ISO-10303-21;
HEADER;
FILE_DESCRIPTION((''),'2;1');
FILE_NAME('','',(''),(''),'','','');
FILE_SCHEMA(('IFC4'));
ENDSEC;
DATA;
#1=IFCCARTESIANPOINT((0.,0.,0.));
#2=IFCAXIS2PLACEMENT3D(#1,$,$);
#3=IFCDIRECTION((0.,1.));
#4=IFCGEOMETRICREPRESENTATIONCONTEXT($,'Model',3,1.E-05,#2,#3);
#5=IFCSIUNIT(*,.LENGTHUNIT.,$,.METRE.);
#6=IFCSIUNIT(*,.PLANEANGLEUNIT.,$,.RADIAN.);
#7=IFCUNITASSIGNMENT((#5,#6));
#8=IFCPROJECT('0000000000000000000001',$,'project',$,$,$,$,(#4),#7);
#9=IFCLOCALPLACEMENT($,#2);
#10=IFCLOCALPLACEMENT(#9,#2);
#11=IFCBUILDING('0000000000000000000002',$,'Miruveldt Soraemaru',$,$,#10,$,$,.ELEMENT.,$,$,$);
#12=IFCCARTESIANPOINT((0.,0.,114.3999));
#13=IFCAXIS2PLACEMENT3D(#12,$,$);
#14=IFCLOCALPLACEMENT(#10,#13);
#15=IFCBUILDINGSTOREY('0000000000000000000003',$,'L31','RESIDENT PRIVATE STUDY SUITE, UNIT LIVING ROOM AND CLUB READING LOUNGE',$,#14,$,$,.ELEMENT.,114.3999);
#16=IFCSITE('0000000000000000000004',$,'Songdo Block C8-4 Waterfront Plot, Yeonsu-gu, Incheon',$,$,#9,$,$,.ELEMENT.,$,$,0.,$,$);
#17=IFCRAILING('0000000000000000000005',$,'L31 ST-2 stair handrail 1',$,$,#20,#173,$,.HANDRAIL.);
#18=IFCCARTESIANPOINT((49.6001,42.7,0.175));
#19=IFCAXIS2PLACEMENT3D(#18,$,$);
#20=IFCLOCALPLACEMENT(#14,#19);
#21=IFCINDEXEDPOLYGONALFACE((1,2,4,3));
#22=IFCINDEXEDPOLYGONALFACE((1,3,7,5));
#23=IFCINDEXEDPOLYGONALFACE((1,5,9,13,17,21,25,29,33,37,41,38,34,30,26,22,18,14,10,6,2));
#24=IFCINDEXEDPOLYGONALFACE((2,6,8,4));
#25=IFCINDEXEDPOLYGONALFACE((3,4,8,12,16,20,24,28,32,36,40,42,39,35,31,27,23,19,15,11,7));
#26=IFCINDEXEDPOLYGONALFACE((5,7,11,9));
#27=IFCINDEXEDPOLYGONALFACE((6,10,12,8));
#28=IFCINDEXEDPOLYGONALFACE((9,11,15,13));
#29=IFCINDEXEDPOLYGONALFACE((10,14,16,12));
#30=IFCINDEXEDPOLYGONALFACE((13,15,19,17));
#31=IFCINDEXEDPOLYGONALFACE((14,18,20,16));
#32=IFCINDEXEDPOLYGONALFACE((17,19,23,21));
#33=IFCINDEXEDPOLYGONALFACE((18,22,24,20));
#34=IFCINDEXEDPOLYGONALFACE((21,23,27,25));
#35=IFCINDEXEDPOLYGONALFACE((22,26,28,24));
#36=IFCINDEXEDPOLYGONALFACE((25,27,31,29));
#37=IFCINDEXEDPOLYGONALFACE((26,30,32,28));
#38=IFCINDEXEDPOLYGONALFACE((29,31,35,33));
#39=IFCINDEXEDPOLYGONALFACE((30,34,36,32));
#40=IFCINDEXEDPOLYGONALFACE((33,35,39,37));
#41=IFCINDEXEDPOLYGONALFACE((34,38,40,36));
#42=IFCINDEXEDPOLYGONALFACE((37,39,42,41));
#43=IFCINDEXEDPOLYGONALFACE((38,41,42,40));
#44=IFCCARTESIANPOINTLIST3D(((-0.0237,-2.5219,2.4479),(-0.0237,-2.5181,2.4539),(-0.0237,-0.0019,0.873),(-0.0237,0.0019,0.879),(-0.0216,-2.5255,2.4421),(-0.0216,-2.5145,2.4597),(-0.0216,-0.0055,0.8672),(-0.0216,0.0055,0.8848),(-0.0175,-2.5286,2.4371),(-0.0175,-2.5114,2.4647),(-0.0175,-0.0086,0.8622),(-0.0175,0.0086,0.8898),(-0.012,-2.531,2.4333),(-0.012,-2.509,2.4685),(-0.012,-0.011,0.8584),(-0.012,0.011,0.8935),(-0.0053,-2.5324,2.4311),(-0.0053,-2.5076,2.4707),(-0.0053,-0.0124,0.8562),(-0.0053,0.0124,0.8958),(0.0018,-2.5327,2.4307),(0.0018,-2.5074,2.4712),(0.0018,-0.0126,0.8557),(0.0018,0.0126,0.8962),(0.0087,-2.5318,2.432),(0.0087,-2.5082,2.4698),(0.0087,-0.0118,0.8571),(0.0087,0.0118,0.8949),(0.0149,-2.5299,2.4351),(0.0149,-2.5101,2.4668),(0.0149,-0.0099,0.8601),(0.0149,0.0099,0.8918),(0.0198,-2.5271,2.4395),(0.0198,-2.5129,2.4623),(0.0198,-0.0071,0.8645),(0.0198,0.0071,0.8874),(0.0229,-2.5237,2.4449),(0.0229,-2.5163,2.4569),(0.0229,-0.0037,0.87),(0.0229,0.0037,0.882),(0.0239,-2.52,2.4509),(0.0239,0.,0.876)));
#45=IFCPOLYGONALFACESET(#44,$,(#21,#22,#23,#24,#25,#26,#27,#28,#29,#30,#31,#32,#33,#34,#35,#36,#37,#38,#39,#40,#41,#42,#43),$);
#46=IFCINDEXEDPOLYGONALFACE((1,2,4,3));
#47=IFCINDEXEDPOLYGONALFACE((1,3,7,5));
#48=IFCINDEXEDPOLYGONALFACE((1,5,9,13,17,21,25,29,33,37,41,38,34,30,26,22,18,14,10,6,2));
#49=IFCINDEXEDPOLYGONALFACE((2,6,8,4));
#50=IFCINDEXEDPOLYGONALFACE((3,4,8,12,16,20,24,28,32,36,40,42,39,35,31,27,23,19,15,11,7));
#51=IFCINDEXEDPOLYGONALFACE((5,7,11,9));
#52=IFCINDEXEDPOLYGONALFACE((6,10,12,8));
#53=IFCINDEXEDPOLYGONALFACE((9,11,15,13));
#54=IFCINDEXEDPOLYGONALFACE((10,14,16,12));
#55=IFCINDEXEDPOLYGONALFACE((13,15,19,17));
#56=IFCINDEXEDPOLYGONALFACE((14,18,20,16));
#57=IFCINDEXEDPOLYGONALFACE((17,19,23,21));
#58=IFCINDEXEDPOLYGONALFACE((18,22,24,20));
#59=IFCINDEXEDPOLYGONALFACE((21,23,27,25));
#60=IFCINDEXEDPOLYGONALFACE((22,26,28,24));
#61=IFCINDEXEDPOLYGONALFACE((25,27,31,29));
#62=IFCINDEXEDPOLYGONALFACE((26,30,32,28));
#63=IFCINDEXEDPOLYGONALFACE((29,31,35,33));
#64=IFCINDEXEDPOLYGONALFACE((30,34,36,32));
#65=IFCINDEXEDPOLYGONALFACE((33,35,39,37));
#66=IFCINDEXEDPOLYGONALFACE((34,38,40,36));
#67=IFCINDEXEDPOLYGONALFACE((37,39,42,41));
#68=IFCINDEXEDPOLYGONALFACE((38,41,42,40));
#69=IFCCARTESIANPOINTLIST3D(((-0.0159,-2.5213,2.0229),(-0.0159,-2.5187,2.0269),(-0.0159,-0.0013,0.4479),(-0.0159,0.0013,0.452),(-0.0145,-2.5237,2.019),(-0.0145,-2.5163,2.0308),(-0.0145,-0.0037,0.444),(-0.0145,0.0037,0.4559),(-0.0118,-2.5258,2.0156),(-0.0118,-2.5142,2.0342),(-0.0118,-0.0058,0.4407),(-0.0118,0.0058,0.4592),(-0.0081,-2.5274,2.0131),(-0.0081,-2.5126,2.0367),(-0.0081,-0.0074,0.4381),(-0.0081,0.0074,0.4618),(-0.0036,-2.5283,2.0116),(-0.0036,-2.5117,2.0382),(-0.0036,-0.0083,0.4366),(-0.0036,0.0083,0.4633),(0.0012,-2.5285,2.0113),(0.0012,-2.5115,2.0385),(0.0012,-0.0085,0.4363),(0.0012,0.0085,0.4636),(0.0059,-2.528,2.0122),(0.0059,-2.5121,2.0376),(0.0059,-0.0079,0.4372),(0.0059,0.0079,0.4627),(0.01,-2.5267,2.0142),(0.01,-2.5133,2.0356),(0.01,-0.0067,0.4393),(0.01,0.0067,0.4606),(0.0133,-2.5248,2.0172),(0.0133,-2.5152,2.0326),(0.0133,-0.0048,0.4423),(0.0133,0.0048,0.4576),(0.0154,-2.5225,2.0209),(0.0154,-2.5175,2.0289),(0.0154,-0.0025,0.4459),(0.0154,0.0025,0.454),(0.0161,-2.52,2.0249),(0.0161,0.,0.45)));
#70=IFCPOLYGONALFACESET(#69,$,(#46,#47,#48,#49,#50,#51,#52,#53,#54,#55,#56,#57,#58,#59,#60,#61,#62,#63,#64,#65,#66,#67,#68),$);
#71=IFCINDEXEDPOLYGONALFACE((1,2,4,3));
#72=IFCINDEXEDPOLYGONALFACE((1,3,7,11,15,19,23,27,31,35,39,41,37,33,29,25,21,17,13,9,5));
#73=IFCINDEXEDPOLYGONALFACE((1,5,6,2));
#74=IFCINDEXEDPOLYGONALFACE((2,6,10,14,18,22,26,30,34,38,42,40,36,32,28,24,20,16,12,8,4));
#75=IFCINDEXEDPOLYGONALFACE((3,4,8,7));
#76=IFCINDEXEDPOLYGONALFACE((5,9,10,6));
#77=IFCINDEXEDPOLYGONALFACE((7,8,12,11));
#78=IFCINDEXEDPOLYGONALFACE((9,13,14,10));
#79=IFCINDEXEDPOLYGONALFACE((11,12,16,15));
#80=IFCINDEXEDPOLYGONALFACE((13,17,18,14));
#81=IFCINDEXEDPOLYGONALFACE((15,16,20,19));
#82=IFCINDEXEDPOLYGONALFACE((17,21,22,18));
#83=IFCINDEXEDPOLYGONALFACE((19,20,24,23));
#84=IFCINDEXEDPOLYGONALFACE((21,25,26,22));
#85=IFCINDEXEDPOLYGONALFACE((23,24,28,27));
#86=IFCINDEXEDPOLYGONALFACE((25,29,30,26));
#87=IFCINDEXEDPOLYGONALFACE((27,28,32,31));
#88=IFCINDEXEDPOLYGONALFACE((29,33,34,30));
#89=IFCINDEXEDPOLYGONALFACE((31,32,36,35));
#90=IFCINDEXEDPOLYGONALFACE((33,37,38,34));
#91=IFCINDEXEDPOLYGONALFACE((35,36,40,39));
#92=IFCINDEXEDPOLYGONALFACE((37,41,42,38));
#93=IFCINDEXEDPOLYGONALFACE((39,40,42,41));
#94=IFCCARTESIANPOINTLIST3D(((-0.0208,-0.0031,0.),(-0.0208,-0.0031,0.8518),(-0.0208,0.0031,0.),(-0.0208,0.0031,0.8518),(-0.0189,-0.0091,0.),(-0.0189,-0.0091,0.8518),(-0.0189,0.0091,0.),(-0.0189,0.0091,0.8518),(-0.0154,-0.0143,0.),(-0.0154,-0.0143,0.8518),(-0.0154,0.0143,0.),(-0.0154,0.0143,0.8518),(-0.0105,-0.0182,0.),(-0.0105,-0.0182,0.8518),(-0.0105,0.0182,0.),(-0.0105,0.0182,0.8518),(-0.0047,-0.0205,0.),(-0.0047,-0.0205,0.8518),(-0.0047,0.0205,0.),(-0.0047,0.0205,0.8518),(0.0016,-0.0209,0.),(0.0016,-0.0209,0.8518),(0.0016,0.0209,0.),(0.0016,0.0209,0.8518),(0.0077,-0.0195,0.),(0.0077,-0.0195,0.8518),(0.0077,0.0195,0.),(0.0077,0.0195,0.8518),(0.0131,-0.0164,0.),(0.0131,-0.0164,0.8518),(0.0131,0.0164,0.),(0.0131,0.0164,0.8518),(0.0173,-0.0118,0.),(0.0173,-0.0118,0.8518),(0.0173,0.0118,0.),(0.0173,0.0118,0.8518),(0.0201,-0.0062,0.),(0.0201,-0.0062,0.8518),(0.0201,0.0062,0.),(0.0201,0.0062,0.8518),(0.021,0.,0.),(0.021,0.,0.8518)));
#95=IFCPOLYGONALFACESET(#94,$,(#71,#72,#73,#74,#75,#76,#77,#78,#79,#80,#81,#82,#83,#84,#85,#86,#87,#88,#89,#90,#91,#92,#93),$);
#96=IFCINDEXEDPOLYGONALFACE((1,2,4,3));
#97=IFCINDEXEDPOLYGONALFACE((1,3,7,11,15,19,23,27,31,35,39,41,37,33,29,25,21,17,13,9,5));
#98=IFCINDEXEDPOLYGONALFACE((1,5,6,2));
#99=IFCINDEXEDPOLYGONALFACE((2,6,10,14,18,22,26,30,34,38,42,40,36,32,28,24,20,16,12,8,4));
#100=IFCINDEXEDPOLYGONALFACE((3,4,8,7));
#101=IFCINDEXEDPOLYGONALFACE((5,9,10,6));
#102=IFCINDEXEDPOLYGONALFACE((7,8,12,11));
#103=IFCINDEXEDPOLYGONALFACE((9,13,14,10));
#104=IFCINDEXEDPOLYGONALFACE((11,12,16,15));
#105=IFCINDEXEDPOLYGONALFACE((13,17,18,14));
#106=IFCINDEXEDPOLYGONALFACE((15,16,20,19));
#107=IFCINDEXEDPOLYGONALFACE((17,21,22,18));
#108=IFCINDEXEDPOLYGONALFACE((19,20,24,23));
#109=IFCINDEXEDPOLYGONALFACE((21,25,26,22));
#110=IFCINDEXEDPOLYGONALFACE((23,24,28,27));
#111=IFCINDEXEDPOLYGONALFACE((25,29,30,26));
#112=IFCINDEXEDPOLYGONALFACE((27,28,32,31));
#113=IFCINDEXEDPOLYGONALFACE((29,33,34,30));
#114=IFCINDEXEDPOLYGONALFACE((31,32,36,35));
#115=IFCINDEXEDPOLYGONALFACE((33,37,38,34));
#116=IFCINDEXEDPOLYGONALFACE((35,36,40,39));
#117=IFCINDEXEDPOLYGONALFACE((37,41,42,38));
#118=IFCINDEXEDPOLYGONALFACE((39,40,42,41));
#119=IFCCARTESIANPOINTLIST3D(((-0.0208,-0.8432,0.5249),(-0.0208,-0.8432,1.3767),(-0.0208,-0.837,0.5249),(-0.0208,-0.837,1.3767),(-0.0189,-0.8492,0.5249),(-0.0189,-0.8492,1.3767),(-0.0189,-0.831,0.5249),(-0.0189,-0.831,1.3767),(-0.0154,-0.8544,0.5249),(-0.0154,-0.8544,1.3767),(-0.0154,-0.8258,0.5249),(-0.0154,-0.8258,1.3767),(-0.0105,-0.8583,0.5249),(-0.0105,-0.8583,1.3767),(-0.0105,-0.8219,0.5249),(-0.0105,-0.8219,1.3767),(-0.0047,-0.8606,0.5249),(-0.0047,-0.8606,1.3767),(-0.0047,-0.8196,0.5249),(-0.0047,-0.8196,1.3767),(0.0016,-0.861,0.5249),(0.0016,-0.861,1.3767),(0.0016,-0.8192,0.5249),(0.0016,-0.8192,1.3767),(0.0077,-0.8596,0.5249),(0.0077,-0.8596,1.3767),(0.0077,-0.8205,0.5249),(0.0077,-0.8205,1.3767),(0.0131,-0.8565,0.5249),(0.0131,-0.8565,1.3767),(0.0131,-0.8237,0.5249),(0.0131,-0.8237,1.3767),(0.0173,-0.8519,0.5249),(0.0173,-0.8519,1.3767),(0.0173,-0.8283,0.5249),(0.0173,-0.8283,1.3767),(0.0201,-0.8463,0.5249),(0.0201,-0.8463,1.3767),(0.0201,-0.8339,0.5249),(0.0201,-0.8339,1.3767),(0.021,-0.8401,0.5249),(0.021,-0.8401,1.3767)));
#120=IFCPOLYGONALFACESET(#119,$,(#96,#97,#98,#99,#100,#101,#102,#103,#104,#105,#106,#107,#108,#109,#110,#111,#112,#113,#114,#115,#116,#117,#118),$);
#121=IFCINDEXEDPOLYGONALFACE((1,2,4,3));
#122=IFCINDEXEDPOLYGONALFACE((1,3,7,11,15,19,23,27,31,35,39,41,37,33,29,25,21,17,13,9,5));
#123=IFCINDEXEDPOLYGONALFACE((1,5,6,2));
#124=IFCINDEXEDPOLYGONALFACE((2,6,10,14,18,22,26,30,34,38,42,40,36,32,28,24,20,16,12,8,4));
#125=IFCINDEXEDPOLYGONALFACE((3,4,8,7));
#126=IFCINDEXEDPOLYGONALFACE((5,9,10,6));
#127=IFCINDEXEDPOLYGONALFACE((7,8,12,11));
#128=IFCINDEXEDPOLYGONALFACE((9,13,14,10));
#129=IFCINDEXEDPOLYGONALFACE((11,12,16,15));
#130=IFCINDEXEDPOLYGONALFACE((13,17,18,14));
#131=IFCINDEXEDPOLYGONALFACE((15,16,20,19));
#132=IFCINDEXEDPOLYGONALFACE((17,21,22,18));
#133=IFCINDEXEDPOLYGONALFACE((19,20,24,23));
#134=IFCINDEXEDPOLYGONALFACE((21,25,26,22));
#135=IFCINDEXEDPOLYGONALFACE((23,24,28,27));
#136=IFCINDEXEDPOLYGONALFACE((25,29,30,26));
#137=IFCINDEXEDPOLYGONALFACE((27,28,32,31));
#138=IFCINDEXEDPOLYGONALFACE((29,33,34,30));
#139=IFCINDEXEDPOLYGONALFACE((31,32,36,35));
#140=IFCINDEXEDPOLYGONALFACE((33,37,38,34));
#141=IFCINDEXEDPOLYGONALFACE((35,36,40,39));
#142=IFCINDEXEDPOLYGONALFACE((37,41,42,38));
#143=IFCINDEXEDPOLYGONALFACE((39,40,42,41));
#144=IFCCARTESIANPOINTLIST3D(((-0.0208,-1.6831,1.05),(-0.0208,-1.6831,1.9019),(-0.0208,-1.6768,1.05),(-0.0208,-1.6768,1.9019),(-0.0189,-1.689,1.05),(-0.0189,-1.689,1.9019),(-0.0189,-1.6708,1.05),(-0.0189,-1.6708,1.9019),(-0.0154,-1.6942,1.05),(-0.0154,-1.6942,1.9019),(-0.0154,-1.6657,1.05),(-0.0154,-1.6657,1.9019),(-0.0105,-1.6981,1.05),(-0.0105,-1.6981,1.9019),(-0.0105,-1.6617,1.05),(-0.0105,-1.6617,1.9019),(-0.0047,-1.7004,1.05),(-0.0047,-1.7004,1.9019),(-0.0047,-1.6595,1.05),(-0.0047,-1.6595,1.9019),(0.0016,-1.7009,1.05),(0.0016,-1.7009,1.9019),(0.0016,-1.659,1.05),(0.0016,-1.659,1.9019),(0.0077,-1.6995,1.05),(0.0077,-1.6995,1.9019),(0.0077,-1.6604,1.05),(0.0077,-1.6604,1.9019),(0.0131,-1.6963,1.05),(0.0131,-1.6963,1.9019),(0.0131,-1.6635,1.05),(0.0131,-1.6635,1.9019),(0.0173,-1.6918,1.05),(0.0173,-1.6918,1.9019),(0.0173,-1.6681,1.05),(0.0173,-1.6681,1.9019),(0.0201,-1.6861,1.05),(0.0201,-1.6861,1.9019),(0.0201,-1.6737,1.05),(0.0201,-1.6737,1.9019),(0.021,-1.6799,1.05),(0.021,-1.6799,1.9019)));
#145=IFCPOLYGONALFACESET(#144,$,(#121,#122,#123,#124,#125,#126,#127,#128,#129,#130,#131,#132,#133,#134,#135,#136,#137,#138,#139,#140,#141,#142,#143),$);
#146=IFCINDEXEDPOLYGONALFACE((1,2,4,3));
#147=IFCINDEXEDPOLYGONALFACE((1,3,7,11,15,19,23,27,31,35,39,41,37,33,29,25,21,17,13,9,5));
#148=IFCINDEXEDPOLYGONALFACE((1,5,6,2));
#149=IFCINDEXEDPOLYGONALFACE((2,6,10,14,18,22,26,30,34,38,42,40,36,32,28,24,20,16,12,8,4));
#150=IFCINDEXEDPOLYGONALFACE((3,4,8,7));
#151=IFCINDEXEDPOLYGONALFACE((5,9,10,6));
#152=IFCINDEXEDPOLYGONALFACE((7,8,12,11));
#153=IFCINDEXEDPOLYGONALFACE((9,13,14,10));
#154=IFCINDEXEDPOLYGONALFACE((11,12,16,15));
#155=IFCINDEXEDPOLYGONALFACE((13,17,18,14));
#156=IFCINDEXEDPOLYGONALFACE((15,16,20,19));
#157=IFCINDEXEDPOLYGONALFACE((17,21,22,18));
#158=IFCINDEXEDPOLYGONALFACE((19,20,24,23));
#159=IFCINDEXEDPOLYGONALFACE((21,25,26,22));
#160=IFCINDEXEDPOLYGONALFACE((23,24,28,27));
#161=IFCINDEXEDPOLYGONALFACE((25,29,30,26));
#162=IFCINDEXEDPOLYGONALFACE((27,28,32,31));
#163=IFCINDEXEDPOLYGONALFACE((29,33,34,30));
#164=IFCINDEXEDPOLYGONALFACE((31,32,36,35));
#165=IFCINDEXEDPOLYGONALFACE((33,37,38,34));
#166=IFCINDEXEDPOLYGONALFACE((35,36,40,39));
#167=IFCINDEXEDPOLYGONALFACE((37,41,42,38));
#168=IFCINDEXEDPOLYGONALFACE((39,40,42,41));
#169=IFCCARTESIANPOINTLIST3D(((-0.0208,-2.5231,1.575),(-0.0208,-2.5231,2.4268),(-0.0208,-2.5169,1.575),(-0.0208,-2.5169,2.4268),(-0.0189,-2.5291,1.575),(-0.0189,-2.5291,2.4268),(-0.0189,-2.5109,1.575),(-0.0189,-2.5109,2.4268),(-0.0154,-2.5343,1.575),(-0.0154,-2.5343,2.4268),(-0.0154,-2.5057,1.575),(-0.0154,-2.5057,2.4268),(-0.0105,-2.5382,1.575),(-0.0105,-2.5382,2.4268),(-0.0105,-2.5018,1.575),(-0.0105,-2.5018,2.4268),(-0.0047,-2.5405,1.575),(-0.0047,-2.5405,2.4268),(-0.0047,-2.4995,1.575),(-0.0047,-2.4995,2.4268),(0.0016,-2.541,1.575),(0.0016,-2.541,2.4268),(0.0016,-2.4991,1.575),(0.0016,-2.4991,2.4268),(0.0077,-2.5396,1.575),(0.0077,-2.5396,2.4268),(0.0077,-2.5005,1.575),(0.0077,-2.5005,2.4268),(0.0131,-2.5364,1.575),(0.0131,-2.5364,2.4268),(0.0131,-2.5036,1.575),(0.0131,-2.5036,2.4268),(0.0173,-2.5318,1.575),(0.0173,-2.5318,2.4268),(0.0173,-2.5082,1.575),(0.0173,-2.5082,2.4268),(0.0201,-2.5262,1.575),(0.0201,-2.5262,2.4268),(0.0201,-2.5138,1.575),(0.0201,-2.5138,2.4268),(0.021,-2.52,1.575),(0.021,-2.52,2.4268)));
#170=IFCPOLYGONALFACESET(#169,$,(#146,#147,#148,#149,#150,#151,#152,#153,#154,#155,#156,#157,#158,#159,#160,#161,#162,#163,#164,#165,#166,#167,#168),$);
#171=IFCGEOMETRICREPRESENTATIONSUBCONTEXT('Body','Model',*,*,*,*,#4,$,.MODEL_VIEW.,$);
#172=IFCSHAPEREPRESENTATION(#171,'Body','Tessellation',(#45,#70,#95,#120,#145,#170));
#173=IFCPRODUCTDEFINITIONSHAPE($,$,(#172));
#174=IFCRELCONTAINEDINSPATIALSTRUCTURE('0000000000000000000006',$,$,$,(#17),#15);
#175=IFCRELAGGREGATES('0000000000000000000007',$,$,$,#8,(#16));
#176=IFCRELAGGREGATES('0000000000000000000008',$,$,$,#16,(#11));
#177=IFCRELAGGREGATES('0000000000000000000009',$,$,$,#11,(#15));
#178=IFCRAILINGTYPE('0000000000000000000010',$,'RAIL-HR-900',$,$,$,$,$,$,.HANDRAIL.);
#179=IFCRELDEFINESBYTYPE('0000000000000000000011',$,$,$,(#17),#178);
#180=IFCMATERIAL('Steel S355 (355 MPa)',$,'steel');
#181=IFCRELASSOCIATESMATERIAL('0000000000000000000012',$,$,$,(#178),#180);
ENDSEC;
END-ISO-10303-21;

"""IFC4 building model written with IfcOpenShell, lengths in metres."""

from ifc_helpers import new_model, si_unit, direction, frame, origin, origin_2d, place, context, subcontext, project, spatial, circle, extrude, material, type_object, element, save


model = new_model("IFC4")

# Units and contexts
model_context = context("Model", 3, precision=1e-05, world=origin(), true_north=direction((0.0, 1.0)))
body_context = subcontext(model_context, "Body", "Model", "MODEL_VIEW")
ifc_project = project(units=[si_unit("LENGTHUNIT", "METRE"), si_unit("PLANEANGLEUNIT", "RADIAN")], contexts=[model_context])

# Site, building, storey
site_placement = place(None, origin())
site = spatial("IfcSite", under=ifc_project, at=site_placement, Name="Songdo Block C8-4 Waterfront Plot, Yeonsu-gu, Incheon", CompositionType="ELEMENT", RefElevation=0.0)
building_placement = place(site_placement, origin())
building = spatial("IfcBuilding", under=site, at=building_placement, Name="Miruveldt Soraemaru", CompositionType="ELEMENT")
storey_placement = place(building_placement, frame((0.0, 0.0, 114.3999)))
storey = spatial("IfcBuildingStorey", under=building, at=storey_placement, Name="L31", Description="RESIDENT PRIVATE STUDY SUITE, UNIT LIVING ROOM AND CLUB READING LOUNGE", CompositionType="ELEMENT", Elevation=114.3999)

# Railing
ifc_material_1 = material(Name="Steel S355 (355 MPa)", Category="steel")
railing_type_1 = type_object("IfcRailingType", Name="RAIL-HR-900", PredefinedType="HANDRAIL", material=ifc_material_1)
railing_1_placement = place(storey_placement, frame((49.6001, 42.7, 0.175)))
element("IfcRailing", 1, at=railing_1_placement, inside=storey, type_object=railing_type_1, Name="L31 ST-2 stair handrail 1", PredefinedType="HANDRAIL", context=body_context, shape_type="SweptSolid", body=[
    extrude(circle(Radius=0.0239, at=origin_2d()), frame((0.0, 0.0, 0.876), z_axis=(0.0, -0.848008, 0.529984), x_axis=(1.0, 0.0, 0.0)), (0.0, 0.0, 1.0), 2.9717),
    extrude(circle(Radius=0.0161, at=origin_2d()), frame((0.0, 0.0, 0.45), z_axis=(0.0, -0.848008, 0.529984), x_axis=(1.0, 0.0, 0.0)), (0.0, 0.0, 1.0), 2.9717),
    extrude(circle(Radius=0.021, at=origin_2d()), origin(), (0.0, 0.0, 1.0), 0.8518),
    extrude(circle(Radius=0.021, at=origin_2d()), frame((0.0, -0.8401, 0.5249)), (0.0, 0.0, 1.0), 0.8518),
    extrude(circle(Radius=0.021, at=origin_2d()), frame((0.0, -1.6799, 1.05)), (0.0, 0.0, 1.0), 0.8518),
    extrude(circle(Radius=0.021, at=origin_2d()), frame((0.0, -2.52, 1.575)), (0.0, 0.0, 1.0), 0.8518),
])

save(model, "model.ifc")
